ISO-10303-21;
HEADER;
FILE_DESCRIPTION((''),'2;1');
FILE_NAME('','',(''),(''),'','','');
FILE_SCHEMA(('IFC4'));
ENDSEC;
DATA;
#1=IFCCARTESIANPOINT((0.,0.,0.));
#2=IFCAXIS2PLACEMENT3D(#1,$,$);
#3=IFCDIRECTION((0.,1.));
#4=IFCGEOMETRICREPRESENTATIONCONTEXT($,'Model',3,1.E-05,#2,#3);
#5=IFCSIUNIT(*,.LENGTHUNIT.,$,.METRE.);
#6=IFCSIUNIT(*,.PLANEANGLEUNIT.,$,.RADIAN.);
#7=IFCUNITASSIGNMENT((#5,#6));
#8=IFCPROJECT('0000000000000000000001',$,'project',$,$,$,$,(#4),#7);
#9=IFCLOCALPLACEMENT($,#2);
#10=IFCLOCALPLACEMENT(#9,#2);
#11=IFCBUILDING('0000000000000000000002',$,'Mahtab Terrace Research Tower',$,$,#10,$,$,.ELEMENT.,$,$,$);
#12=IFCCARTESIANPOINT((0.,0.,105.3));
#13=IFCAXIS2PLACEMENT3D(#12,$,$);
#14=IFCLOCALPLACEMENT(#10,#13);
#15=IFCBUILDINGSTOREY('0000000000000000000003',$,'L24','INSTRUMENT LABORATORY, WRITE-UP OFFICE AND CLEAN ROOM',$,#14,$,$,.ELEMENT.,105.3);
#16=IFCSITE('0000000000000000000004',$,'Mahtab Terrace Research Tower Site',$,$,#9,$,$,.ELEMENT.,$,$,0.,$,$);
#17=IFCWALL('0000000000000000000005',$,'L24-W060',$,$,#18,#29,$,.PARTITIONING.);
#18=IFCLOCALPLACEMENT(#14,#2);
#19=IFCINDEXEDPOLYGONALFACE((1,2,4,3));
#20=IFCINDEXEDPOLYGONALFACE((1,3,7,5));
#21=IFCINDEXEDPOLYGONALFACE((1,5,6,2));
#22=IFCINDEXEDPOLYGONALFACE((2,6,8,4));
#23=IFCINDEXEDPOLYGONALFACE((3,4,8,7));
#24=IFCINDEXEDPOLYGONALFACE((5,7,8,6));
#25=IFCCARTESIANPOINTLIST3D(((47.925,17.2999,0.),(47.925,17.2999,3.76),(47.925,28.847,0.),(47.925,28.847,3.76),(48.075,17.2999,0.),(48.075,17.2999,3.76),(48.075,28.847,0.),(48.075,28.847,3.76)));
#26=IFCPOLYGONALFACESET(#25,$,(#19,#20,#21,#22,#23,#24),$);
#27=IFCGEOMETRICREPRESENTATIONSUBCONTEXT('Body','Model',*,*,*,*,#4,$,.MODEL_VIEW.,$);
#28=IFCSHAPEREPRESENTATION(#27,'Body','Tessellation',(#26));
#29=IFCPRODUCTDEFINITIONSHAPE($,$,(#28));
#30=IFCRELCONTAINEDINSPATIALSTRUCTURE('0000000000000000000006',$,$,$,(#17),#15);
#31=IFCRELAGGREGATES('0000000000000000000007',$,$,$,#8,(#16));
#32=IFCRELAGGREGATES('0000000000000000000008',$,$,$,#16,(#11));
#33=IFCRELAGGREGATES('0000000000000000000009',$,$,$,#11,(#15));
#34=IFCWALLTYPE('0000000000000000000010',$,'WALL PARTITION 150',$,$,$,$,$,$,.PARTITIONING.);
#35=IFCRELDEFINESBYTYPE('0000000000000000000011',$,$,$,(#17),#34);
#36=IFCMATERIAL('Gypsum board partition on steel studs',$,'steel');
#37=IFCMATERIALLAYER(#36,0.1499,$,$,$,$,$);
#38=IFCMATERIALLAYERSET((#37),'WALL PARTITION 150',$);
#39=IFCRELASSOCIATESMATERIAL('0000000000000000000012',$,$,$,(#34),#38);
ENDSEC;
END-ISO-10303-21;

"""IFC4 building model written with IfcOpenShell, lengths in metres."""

from ifc_helpers import new_model, si_unit, direction, frame, frame_2d, origin, place, context, subcontext, project, spatial, rectangle, extrude, material, layer, layer_set, type_object, element, save


model = new_model("IFC4")

# Units and contexts
model_context = context("Model", 3, precision=1e-05, world=origin(), true_north=direction((0.0, 1.0)))
body_context = subcontext(model_context, "Body", "Model", "MODEL_VIEW")
ifc_project = project(units=[si_unit("LENGTHUNIT", "METRE"), si_unit("PLANEANGLEUNIT", "RADIAN")], contexts=[model_context])

# Site, building, storey
site_placement = place(None, origin())
site = spatial("IfcSite", under=ifc_project, at=site_placement, Name="Mahtab Terrace Research Tower Site", CompositionType="ELEMENT", RefElevation=0.0)
building_placement = place(site_placement, origin())
building = spatial("IfcBuilding", under=site, at=building_placement, Name="Mahtab Terrace Research Tower", CompositionType="ELEMENT")
storey_placement = place(building_placement, frame((0.0, 0.0, 105.3)))
storey = spatial("IfcBuildingStorey", under=building, at=storey_placement, Name="L24", Description="INSTRUMENT LABORATORY, WRITE-UP OFFICE AND CLEAN ROOM", CompositionType="ELEMENT", Elevation=105.3)

# Wall
ifc_material_1 = material(Name="Gypsum board partition on steel studs", Category="steel")
ifc_layer_1 = layer(ifc_material_1, 0.1499)
ifc_layer_set_1 = layer_set([ifc_layer_1], Name="WALL PARTITION 150")
wall_type_1 = type_object("IfcWallType", Name="WALL PARTITION 150", PredefinedType="PARTITIONING", material=ifc_layer_set_1)
wall_1_placement = place(storey_placement, frame((48.0, 17.3, 0.0), z_axis=(0.0, 0.0, 1.0), x_axis=(0.0, 1.0, 0.0)))
element("IfcWall", 1, at=wall_1_placement, inside=storey, type_object=wall_type_1, Name="L24-W060", PredefinedType="PARTITIONING", context=body_context, shape_type="SweptSolid", body=[
    extrude(rectangle(XDim=11.5471, YDim=0.1499, at=frame_2d((5.7734, 0.0))), origin(), (0.0, 0.0, 1.0), 3.76),
])

save(model, "model.ifc")
